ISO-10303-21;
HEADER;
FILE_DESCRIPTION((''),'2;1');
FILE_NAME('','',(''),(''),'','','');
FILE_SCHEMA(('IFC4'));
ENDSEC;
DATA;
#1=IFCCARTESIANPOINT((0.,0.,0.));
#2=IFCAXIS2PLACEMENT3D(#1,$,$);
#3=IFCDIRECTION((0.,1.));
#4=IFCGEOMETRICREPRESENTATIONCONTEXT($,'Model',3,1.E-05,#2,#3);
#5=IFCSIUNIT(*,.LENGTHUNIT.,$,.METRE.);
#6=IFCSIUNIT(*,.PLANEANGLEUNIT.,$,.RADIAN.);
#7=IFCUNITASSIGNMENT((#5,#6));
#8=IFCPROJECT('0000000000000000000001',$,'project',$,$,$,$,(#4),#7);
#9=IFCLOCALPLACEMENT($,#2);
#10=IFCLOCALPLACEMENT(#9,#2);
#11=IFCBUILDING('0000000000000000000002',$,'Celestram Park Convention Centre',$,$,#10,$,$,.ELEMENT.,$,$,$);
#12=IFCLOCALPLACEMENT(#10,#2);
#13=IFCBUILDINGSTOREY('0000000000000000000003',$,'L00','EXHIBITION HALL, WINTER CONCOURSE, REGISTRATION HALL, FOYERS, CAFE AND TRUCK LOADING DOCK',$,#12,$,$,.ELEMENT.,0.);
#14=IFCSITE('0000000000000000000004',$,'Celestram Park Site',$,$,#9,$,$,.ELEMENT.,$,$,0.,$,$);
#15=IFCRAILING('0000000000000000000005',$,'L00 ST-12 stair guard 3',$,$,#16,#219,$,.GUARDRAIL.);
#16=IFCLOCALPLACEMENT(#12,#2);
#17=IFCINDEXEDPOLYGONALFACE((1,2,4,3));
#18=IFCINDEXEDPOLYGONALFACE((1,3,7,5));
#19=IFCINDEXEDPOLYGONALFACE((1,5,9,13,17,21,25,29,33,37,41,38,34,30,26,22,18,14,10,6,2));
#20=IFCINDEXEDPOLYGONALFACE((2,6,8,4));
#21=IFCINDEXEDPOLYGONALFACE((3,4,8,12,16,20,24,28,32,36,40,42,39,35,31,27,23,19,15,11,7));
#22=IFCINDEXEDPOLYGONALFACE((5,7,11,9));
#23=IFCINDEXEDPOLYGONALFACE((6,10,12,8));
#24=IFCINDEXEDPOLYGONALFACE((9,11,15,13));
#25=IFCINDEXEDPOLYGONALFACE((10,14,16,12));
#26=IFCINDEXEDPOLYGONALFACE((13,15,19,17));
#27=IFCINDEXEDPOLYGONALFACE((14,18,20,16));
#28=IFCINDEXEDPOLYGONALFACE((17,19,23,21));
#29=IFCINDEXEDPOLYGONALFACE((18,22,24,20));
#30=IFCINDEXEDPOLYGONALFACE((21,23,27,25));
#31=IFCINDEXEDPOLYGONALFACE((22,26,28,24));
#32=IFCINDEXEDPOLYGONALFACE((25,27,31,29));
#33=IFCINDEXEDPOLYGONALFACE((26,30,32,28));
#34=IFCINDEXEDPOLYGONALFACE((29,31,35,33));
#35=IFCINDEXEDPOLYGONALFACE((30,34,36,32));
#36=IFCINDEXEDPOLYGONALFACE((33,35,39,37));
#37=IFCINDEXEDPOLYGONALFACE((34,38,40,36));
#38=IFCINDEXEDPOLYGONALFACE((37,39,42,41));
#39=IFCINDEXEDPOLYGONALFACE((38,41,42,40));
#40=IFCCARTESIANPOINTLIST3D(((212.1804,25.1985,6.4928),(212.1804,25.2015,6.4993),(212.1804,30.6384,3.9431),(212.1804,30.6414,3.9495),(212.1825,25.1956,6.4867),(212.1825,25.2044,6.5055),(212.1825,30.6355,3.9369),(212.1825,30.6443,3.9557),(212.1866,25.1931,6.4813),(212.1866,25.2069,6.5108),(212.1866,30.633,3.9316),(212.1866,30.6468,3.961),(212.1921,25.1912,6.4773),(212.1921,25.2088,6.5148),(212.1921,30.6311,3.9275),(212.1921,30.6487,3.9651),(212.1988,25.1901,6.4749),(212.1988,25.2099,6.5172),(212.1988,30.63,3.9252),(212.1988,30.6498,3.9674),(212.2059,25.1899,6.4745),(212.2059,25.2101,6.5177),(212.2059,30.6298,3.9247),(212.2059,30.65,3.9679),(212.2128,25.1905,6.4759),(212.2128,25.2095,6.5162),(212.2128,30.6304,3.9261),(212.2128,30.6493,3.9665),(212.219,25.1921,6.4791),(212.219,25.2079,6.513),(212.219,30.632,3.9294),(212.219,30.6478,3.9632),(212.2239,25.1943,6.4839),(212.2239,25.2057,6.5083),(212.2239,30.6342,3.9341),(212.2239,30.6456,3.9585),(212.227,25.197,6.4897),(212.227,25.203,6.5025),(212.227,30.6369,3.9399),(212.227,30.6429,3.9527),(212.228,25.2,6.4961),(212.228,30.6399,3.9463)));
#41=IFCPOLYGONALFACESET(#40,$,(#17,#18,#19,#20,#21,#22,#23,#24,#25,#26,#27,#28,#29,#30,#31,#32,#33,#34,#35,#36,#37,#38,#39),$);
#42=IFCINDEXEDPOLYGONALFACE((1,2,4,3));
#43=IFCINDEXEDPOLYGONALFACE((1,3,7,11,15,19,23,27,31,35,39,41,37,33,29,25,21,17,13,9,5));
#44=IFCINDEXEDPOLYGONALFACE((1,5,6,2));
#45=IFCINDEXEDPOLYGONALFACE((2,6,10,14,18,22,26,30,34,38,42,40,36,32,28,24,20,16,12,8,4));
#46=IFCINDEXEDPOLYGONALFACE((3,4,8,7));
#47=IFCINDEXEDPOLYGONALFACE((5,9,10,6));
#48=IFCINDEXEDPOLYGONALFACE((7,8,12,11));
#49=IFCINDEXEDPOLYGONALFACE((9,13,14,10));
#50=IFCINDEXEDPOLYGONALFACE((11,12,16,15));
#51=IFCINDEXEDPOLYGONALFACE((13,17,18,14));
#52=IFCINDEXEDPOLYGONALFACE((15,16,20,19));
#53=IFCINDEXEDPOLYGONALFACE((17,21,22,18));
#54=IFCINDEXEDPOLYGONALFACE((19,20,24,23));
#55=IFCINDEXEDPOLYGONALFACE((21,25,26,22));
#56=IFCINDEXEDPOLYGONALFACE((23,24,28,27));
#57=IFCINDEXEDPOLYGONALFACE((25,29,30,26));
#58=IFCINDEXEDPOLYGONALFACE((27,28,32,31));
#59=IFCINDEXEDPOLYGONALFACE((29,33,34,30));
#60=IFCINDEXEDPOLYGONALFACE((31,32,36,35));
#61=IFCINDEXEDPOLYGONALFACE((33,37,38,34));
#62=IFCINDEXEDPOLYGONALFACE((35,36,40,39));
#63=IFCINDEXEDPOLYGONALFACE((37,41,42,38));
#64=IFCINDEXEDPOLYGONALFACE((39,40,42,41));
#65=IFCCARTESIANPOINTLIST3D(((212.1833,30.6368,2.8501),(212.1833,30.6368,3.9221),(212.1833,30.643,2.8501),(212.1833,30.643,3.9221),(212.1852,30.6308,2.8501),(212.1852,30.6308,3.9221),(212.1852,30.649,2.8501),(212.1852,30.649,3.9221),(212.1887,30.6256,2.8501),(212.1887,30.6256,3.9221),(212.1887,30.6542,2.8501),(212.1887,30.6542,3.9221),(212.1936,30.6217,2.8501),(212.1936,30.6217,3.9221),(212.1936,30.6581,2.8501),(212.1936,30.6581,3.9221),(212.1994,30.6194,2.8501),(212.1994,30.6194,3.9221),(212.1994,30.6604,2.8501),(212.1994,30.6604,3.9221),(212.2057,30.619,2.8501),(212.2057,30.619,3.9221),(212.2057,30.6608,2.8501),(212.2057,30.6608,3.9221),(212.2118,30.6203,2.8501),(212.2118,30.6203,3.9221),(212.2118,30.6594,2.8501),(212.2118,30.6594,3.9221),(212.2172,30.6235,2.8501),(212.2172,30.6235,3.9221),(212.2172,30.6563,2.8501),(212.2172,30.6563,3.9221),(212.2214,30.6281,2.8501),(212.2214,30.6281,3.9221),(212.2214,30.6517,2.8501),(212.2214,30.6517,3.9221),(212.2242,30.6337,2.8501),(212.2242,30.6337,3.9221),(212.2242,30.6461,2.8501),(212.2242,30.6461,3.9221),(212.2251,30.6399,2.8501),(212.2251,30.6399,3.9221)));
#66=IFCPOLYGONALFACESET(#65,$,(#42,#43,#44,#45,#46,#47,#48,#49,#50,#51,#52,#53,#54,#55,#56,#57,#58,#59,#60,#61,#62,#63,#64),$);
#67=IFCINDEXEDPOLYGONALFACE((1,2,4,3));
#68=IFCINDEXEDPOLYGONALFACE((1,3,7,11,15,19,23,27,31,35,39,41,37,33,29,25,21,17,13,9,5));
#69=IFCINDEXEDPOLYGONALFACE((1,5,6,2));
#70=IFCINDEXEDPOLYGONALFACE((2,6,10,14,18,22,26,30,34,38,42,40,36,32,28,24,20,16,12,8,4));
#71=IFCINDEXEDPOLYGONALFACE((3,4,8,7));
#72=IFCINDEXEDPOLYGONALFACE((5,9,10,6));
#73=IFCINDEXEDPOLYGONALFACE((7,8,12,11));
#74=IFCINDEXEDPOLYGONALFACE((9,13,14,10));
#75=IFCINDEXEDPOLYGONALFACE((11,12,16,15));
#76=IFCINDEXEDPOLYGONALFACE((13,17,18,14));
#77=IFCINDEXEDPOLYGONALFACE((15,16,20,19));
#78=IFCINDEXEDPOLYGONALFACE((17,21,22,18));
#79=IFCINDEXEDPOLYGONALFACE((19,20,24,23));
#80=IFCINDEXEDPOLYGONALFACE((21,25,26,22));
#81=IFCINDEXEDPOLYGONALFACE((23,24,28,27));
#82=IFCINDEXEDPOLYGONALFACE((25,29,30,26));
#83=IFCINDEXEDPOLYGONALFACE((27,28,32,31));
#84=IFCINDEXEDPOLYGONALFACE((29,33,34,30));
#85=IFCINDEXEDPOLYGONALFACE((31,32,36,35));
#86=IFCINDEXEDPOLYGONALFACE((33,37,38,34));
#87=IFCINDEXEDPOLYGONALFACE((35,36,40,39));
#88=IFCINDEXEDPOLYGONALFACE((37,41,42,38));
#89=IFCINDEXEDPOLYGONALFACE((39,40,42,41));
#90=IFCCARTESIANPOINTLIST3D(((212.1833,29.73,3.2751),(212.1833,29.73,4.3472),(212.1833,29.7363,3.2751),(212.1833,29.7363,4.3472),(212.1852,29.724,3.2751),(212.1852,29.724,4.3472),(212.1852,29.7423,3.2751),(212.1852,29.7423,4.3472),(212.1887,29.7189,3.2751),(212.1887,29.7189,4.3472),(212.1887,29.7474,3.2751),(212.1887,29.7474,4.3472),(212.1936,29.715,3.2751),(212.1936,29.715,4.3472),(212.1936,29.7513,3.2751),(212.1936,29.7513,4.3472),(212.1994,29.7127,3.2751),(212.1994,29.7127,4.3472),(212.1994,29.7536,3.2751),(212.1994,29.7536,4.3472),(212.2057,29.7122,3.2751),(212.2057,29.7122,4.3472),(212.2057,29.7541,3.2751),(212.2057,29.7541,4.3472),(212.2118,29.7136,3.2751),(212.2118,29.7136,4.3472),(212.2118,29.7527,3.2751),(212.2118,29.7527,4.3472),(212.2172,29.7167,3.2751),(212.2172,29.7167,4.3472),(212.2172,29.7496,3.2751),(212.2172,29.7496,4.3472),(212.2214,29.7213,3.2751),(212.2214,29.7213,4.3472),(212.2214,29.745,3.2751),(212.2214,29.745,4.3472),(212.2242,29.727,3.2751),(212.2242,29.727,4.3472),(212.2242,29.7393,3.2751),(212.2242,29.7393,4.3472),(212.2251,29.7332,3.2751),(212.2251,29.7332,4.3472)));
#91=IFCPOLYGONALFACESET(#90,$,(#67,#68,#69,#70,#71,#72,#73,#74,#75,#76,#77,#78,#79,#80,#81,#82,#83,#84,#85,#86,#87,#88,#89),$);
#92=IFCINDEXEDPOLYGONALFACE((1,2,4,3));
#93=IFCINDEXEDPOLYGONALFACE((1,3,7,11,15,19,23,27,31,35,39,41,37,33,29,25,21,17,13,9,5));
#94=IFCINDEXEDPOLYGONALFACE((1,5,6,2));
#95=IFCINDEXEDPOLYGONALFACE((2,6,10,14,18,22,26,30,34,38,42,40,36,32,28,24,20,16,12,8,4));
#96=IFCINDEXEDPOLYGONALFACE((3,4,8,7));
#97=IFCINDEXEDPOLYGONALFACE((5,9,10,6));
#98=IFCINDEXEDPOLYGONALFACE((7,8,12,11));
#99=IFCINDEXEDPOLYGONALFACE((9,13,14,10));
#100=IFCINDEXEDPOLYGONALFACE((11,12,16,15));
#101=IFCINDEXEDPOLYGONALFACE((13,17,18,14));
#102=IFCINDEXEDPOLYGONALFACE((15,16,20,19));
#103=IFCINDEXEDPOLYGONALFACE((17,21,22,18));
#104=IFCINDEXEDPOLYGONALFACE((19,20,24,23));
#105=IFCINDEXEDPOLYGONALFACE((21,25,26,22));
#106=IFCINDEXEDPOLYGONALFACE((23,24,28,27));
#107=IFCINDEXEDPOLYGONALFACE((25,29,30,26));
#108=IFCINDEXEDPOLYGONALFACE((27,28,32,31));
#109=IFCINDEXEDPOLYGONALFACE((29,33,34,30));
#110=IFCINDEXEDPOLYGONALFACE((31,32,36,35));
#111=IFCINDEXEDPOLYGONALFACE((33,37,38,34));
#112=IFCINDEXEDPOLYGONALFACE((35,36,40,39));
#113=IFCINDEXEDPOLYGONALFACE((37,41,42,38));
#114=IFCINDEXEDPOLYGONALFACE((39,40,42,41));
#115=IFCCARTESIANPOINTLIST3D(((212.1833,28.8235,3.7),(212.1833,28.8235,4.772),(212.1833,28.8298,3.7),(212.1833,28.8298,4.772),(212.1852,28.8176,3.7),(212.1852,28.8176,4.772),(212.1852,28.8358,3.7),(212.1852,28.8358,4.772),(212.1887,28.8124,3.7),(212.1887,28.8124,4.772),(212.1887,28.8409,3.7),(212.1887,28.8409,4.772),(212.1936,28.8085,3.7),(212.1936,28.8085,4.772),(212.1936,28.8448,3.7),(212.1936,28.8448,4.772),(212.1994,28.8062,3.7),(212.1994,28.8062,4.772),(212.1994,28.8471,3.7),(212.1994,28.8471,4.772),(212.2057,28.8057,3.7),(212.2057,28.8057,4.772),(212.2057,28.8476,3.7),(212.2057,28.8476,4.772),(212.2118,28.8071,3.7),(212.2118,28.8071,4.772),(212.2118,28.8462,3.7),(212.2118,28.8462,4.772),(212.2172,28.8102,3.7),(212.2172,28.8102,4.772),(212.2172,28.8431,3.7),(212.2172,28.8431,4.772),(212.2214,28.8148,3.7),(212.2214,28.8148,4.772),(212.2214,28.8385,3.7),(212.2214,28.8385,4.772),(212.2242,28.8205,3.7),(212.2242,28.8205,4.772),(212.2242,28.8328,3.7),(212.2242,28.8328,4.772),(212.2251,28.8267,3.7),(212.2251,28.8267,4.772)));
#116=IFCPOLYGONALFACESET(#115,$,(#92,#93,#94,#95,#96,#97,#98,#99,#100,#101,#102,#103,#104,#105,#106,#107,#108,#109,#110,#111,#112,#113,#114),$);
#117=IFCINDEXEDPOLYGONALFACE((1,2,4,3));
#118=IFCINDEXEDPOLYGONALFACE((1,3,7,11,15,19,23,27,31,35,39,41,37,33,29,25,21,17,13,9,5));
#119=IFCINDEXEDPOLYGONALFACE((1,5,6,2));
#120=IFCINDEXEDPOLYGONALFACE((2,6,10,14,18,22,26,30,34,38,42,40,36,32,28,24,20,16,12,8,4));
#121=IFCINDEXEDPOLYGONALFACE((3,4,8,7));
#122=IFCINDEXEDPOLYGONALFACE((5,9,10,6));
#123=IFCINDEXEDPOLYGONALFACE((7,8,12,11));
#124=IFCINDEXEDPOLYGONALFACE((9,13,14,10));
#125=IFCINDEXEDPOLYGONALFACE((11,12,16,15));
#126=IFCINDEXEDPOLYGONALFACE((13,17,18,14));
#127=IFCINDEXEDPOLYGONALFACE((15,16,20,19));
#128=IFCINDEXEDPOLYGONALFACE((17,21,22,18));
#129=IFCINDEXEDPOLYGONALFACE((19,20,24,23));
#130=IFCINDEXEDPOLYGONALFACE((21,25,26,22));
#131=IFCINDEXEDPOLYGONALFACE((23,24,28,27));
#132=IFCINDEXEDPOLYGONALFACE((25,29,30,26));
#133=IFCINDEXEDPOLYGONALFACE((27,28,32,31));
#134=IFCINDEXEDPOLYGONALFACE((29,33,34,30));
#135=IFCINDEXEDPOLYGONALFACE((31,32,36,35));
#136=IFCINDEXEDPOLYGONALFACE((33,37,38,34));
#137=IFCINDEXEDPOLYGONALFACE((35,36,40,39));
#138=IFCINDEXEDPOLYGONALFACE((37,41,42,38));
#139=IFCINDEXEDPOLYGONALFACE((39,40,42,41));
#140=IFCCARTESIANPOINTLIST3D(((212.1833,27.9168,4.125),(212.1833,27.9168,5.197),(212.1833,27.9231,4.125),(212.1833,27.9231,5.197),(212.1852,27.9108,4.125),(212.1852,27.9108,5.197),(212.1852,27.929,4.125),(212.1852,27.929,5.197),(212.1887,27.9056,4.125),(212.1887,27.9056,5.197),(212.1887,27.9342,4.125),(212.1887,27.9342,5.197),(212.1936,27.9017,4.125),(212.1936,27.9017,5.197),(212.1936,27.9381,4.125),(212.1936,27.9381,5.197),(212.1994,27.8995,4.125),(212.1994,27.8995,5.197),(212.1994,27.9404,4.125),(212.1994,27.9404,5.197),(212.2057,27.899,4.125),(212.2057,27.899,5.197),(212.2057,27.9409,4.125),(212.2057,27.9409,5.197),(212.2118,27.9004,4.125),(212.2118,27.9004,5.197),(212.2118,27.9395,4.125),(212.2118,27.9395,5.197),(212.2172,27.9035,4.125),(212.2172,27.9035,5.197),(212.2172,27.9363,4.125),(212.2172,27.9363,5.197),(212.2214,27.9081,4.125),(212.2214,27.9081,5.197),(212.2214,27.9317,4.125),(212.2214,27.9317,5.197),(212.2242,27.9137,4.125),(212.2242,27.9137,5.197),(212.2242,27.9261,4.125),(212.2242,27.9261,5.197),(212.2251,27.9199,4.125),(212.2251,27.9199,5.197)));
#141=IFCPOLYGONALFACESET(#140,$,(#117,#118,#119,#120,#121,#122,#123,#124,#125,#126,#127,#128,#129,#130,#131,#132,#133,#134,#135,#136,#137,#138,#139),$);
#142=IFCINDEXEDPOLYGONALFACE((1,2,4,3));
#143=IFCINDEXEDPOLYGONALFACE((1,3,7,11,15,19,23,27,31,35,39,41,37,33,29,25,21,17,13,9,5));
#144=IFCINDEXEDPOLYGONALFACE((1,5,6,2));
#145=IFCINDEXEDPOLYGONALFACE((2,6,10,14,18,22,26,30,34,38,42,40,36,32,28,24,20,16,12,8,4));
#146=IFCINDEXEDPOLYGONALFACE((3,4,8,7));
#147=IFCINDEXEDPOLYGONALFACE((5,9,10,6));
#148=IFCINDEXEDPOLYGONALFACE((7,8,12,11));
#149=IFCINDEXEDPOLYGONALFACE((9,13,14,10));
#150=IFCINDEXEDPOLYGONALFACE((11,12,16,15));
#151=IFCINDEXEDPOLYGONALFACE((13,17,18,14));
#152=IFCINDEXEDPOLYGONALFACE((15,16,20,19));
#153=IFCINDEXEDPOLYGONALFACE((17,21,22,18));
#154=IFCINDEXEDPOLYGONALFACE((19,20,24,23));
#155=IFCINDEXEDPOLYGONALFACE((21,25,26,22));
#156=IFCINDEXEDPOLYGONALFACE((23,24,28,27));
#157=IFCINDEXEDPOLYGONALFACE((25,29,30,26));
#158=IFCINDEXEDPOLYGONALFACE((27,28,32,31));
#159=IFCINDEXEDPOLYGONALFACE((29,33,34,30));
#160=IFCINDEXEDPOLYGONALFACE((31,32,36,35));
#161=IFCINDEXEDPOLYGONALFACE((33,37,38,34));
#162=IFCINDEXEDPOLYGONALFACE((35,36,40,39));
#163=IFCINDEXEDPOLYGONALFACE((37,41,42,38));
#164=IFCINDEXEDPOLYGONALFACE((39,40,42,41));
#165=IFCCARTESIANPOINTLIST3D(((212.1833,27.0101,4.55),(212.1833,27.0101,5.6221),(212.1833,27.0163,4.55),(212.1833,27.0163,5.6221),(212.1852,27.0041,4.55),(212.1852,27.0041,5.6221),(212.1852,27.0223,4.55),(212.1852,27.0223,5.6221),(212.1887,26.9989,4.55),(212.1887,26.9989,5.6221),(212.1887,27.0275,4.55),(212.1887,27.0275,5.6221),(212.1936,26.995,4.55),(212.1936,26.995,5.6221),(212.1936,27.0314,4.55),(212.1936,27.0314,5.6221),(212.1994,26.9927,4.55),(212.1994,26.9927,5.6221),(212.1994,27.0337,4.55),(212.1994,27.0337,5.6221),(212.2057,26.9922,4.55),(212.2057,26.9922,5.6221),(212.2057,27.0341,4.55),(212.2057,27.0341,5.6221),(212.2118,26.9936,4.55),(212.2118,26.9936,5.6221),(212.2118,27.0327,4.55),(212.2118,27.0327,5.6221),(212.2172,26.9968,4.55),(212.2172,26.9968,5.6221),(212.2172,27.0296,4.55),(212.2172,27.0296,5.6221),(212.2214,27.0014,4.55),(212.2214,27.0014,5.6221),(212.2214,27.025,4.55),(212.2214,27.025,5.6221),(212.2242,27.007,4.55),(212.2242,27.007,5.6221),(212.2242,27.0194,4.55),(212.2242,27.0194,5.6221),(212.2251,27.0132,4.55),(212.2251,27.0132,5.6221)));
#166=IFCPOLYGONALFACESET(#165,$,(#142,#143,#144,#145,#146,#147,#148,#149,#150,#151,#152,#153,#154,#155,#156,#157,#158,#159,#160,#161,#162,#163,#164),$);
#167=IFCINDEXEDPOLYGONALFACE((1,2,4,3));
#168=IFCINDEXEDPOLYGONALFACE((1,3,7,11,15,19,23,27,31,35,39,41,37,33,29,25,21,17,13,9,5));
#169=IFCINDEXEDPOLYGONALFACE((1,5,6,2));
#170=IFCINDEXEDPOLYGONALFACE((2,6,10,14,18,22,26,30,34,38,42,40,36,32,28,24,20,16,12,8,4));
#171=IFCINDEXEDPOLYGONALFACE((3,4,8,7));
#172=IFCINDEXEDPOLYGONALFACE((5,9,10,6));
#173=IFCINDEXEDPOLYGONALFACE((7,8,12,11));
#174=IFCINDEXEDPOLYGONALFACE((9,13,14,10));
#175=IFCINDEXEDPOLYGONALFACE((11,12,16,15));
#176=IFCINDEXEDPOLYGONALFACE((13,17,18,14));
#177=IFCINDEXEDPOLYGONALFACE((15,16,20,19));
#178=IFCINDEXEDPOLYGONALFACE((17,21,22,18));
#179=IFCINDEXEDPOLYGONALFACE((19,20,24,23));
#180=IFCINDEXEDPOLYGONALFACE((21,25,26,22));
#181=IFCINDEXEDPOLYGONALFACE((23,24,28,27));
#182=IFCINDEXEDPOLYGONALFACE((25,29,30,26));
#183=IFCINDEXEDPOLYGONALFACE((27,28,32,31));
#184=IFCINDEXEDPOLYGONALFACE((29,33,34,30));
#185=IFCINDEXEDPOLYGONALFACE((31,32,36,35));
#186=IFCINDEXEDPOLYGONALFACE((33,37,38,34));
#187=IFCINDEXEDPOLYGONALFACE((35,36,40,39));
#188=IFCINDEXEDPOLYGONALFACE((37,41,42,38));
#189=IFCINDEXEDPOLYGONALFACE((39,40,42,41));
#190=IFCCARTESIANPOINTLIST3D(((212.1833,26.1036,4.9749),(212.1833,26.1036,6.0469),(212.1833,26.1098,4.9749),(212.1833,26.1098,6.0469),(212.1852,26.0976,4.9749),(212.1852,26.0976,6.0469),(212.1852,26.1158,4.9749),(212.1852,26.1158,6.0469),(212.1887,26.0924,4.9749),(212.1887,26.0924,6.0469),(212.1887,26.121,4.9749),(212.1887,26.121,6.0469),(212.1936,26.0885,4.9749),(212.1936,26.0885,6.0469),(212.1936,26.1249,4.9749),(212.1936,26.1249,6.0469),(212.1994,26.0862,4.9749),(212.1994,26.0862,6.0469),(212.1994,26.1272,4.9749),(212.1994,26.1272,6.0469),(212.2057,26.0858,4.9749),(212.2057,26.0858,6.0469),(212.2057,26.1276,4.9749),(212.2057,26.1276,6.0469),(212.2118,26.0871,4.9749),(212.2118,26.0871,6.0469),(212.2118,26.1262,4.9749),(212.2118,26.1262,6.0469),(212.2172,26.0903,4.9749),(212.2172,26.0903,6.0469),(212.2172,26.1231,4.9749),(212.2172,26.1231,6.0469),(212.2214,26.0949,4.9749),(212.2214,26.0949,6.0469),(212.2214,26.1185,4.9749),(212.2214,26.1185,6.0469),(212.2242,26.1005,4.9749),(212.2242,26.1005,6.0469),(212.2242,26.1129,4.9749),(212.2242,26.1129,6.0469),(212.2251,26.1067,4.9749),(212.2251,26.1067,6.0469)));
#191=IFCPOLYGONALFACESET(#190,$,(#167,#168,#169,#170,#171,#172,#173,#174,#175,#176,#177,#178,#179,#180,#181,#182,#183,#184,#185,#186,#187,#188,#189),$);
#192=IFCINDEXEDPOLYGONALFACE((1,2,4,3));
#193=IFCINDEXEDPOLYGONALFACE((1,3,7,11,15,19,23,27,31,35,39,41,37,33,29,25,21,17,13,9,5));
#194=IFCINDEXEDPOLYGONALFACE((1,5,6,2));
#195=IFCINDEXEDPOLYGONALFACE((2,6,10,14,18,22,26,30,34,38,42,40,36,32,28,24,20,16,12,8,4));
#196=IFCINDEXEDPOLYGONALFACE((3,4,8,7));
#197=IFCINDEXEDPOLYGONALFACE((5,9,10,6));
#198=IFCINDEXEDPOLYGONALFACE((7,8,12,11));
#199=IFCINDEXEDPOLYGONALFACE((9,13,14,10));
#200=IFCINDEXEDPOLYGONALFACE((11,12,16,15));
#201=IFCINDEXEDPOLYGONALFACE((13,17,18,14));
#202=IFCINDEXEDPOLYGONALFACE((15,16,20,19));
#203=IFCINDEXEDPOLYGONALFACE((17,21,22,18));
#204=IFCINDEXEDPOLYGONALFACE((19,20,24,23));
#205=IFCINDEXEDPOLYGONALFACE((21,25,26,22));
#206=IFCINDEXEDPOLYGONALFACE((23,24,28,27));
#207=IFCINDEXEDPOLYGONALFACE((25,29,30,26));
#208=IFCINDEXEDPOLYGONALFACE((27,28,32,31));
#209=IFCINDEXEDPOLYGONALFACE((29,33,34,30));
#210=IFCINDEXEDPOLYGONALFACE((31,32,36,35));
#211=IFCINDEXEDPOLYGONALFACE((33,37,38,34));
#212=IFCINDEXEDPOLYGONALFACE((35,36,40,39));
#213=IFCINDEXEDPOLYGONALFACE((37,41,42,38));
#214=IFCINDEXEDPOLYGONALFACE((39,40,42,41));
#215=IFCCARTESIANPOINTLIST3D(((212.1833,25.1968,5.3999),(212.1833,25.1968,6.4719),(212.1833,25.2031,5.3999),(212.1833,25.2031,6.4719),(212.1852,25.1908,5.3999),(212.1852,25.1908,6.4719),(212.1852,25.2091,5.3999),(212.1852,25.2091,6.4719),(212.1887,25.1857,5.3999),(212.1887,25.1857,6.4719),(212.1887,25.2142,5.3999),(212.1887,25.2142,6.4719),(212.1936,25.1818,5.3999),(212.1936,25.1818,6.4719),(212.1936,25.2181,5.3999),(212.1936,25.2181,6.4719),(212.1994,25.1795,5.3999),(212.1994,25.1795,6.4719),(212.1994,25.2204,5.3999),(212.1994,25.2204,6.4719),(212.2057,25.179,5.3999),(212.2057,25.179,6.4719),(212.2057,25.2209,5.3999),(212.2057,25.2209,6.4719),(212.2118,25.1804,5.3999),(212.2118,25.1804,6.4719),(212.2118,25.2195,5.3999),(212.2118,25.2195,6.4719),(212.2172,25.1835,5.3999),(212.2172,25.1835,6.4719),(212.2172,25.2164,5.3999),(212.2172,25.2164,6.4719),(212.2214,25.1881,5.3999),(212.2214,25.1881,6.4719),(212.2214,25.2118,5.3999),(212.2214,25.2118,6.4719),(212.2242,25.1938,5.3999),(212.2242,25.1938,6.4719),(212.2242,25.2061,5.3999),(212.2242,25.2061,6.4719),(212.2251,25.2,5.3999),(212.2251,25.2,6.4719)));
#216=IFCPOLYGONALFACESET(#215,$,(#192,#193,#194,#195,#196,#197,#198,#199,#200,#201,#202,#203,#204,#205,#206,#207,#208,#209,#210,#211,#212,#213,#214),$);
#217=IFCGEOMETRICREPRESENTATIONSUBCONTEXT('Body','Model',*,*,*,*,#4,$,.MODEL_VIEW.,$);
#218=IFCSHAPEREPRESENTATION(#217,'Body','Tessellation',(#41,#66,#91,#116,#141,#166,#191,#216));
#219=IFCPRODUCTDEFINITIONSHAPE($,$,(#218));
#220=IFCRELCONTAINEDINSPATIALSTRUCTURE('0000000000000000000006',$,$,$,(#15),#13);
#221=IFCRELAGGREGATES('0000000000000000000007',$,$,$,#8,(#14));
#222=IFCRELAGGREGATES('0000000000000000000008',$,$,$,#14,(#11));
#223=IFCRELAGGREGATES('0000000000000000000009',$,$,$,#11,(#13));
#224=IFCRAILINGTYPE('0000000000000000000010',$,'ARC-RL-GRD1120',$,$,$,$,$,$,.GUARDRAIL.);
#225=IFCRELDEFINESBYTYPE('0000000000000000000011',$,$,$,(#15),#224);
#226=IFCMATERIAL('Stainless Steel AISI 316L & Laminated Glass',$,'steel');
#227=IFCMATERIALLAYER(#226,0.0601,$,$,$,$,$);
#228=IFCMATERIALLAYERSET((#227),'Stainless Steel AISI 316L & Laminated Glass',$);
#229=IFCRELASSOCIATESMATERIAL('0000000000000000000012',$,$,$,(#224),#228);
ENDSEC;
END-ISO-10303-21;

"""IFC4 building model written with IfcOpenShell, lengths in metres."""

from ifc_helpers import new_model, si_unit, direction, frame, origin, origin_2d, place, context, subcontext, project, spatial, circle, extrude, material, layer, layer_set, type_object, element, save


model = new_model("IFC4")

# Units and contexts
model_context = context("Model", 3, precision=1e-05, world=origin(), true_north=direction((0.0, 1.0)))
body_context = subcontext(model_context, "Body", "Model", "MODEL_VIEW")
ifc_project = project(units=[si_unit("LENGTHUNIT", "METRE"), si_unit("PLANEANGLEUNIT", "RADIAN")], contexts=[model_context])

# Site, building, storey
site_placement = place(None, origin())
site = spatial("IfcSite", under=ifc_project, at=site_placement, Name="Celestram Park Site", CompositionType="ELEMENT", RefElevation=0.0)
building_placement = place(site_placement, origin())
building = spatial("IfcBuilding", under=site, at=building_placement, Name="Celestram Park Convention Centre", CompositionType="ELEMENT")
storey_placement = place(building_placement, origin())
storey = spatial("IfcBuildingStorey", under=building, at=storey_placement, Name="L00", Description="EXHIBITION HALL, WINTER CONCOURSE, REGISTRATION HALL, FOYERS, CAFE AND TRUCK LOADING DOCK", CompositionType="ELEMENT", Elevation=0.0)

# Railing
ifc_material_1 = material(Name="Stainless Steel AISI 316L & Laminated Glass", Category="steel")
ifc_layer_1 = layer(ifc_material_1, 0.0601)
ifc_layer_set_1 = layer_set([ifc_layer_1], Name="Stainless Steel AISI 316L & Laminated Glass")
railing_type = type_object("IfcRailingType", Name="ARC-RL-GRD1120", PredefinedType="GUARDRAIL", material=ifc_layer_set_1)
railing_1_placement = place(storey_placement, frame((212.2041, 30.6399, 2.8501)))
element("IfcRailing", 1, at=railing_1_placement, inside=storey, type_object=railing_type, Name="L00 ST-12 stair guard 3", PredefinedType="GUARDRAIL", context=body_context, shape_type="SweptSolid", body=[
    extrude(circle(Radius=0.0239, at=origin_2d()), frame((0.0, 0.0, 1.0962), z_axis=(0.0, -0.90547, 0.424411), x_axis=(1.0, 0.0, 0.0)), (0.0, 0.0, 1.0), 6.0078),
    extrude(circle(Radius=0.021, at=origin_2d()), origin(), (0.0, 0.0, 1.0), 1.072),
    extrude(circle(Radius=0.021, at=origin_2d()), frame((0.0, -0.9067, 0.425)), (0.0, 0.0, 1.0), 1.072),
    extrude(circle(Radius=0.021, at=origin_2d()), frame((0.0, -1.8132, 0.8499)), (0.0, 0.0, 1.0), 1.072),
    extrude(circle(Radius=0.021, at=origin_2d()), frame((0.0, -2.72, 1.2749)), (0.0, 0.0, 1.0), 1.072),
    extrude(circle(Radius=0.021, at=origin_2d()), frame((0.0, -3.6267, 1.7)), (0.0, 0.0, 1.0), 1.072),
    extrude(circle(Radius=0.021, at=origin_2d()), frame((0.0, -4.5332, 2.1248)), (0.0, 0.0, 1.0), 1.072),
    extrude(circle(Radius=0.021, at=origin_2d()), frame((0.0, -5.4399, 2.5498)), (0.0, 0.0, 1.0), 1.072),
])

save(model, "model.ifc")
